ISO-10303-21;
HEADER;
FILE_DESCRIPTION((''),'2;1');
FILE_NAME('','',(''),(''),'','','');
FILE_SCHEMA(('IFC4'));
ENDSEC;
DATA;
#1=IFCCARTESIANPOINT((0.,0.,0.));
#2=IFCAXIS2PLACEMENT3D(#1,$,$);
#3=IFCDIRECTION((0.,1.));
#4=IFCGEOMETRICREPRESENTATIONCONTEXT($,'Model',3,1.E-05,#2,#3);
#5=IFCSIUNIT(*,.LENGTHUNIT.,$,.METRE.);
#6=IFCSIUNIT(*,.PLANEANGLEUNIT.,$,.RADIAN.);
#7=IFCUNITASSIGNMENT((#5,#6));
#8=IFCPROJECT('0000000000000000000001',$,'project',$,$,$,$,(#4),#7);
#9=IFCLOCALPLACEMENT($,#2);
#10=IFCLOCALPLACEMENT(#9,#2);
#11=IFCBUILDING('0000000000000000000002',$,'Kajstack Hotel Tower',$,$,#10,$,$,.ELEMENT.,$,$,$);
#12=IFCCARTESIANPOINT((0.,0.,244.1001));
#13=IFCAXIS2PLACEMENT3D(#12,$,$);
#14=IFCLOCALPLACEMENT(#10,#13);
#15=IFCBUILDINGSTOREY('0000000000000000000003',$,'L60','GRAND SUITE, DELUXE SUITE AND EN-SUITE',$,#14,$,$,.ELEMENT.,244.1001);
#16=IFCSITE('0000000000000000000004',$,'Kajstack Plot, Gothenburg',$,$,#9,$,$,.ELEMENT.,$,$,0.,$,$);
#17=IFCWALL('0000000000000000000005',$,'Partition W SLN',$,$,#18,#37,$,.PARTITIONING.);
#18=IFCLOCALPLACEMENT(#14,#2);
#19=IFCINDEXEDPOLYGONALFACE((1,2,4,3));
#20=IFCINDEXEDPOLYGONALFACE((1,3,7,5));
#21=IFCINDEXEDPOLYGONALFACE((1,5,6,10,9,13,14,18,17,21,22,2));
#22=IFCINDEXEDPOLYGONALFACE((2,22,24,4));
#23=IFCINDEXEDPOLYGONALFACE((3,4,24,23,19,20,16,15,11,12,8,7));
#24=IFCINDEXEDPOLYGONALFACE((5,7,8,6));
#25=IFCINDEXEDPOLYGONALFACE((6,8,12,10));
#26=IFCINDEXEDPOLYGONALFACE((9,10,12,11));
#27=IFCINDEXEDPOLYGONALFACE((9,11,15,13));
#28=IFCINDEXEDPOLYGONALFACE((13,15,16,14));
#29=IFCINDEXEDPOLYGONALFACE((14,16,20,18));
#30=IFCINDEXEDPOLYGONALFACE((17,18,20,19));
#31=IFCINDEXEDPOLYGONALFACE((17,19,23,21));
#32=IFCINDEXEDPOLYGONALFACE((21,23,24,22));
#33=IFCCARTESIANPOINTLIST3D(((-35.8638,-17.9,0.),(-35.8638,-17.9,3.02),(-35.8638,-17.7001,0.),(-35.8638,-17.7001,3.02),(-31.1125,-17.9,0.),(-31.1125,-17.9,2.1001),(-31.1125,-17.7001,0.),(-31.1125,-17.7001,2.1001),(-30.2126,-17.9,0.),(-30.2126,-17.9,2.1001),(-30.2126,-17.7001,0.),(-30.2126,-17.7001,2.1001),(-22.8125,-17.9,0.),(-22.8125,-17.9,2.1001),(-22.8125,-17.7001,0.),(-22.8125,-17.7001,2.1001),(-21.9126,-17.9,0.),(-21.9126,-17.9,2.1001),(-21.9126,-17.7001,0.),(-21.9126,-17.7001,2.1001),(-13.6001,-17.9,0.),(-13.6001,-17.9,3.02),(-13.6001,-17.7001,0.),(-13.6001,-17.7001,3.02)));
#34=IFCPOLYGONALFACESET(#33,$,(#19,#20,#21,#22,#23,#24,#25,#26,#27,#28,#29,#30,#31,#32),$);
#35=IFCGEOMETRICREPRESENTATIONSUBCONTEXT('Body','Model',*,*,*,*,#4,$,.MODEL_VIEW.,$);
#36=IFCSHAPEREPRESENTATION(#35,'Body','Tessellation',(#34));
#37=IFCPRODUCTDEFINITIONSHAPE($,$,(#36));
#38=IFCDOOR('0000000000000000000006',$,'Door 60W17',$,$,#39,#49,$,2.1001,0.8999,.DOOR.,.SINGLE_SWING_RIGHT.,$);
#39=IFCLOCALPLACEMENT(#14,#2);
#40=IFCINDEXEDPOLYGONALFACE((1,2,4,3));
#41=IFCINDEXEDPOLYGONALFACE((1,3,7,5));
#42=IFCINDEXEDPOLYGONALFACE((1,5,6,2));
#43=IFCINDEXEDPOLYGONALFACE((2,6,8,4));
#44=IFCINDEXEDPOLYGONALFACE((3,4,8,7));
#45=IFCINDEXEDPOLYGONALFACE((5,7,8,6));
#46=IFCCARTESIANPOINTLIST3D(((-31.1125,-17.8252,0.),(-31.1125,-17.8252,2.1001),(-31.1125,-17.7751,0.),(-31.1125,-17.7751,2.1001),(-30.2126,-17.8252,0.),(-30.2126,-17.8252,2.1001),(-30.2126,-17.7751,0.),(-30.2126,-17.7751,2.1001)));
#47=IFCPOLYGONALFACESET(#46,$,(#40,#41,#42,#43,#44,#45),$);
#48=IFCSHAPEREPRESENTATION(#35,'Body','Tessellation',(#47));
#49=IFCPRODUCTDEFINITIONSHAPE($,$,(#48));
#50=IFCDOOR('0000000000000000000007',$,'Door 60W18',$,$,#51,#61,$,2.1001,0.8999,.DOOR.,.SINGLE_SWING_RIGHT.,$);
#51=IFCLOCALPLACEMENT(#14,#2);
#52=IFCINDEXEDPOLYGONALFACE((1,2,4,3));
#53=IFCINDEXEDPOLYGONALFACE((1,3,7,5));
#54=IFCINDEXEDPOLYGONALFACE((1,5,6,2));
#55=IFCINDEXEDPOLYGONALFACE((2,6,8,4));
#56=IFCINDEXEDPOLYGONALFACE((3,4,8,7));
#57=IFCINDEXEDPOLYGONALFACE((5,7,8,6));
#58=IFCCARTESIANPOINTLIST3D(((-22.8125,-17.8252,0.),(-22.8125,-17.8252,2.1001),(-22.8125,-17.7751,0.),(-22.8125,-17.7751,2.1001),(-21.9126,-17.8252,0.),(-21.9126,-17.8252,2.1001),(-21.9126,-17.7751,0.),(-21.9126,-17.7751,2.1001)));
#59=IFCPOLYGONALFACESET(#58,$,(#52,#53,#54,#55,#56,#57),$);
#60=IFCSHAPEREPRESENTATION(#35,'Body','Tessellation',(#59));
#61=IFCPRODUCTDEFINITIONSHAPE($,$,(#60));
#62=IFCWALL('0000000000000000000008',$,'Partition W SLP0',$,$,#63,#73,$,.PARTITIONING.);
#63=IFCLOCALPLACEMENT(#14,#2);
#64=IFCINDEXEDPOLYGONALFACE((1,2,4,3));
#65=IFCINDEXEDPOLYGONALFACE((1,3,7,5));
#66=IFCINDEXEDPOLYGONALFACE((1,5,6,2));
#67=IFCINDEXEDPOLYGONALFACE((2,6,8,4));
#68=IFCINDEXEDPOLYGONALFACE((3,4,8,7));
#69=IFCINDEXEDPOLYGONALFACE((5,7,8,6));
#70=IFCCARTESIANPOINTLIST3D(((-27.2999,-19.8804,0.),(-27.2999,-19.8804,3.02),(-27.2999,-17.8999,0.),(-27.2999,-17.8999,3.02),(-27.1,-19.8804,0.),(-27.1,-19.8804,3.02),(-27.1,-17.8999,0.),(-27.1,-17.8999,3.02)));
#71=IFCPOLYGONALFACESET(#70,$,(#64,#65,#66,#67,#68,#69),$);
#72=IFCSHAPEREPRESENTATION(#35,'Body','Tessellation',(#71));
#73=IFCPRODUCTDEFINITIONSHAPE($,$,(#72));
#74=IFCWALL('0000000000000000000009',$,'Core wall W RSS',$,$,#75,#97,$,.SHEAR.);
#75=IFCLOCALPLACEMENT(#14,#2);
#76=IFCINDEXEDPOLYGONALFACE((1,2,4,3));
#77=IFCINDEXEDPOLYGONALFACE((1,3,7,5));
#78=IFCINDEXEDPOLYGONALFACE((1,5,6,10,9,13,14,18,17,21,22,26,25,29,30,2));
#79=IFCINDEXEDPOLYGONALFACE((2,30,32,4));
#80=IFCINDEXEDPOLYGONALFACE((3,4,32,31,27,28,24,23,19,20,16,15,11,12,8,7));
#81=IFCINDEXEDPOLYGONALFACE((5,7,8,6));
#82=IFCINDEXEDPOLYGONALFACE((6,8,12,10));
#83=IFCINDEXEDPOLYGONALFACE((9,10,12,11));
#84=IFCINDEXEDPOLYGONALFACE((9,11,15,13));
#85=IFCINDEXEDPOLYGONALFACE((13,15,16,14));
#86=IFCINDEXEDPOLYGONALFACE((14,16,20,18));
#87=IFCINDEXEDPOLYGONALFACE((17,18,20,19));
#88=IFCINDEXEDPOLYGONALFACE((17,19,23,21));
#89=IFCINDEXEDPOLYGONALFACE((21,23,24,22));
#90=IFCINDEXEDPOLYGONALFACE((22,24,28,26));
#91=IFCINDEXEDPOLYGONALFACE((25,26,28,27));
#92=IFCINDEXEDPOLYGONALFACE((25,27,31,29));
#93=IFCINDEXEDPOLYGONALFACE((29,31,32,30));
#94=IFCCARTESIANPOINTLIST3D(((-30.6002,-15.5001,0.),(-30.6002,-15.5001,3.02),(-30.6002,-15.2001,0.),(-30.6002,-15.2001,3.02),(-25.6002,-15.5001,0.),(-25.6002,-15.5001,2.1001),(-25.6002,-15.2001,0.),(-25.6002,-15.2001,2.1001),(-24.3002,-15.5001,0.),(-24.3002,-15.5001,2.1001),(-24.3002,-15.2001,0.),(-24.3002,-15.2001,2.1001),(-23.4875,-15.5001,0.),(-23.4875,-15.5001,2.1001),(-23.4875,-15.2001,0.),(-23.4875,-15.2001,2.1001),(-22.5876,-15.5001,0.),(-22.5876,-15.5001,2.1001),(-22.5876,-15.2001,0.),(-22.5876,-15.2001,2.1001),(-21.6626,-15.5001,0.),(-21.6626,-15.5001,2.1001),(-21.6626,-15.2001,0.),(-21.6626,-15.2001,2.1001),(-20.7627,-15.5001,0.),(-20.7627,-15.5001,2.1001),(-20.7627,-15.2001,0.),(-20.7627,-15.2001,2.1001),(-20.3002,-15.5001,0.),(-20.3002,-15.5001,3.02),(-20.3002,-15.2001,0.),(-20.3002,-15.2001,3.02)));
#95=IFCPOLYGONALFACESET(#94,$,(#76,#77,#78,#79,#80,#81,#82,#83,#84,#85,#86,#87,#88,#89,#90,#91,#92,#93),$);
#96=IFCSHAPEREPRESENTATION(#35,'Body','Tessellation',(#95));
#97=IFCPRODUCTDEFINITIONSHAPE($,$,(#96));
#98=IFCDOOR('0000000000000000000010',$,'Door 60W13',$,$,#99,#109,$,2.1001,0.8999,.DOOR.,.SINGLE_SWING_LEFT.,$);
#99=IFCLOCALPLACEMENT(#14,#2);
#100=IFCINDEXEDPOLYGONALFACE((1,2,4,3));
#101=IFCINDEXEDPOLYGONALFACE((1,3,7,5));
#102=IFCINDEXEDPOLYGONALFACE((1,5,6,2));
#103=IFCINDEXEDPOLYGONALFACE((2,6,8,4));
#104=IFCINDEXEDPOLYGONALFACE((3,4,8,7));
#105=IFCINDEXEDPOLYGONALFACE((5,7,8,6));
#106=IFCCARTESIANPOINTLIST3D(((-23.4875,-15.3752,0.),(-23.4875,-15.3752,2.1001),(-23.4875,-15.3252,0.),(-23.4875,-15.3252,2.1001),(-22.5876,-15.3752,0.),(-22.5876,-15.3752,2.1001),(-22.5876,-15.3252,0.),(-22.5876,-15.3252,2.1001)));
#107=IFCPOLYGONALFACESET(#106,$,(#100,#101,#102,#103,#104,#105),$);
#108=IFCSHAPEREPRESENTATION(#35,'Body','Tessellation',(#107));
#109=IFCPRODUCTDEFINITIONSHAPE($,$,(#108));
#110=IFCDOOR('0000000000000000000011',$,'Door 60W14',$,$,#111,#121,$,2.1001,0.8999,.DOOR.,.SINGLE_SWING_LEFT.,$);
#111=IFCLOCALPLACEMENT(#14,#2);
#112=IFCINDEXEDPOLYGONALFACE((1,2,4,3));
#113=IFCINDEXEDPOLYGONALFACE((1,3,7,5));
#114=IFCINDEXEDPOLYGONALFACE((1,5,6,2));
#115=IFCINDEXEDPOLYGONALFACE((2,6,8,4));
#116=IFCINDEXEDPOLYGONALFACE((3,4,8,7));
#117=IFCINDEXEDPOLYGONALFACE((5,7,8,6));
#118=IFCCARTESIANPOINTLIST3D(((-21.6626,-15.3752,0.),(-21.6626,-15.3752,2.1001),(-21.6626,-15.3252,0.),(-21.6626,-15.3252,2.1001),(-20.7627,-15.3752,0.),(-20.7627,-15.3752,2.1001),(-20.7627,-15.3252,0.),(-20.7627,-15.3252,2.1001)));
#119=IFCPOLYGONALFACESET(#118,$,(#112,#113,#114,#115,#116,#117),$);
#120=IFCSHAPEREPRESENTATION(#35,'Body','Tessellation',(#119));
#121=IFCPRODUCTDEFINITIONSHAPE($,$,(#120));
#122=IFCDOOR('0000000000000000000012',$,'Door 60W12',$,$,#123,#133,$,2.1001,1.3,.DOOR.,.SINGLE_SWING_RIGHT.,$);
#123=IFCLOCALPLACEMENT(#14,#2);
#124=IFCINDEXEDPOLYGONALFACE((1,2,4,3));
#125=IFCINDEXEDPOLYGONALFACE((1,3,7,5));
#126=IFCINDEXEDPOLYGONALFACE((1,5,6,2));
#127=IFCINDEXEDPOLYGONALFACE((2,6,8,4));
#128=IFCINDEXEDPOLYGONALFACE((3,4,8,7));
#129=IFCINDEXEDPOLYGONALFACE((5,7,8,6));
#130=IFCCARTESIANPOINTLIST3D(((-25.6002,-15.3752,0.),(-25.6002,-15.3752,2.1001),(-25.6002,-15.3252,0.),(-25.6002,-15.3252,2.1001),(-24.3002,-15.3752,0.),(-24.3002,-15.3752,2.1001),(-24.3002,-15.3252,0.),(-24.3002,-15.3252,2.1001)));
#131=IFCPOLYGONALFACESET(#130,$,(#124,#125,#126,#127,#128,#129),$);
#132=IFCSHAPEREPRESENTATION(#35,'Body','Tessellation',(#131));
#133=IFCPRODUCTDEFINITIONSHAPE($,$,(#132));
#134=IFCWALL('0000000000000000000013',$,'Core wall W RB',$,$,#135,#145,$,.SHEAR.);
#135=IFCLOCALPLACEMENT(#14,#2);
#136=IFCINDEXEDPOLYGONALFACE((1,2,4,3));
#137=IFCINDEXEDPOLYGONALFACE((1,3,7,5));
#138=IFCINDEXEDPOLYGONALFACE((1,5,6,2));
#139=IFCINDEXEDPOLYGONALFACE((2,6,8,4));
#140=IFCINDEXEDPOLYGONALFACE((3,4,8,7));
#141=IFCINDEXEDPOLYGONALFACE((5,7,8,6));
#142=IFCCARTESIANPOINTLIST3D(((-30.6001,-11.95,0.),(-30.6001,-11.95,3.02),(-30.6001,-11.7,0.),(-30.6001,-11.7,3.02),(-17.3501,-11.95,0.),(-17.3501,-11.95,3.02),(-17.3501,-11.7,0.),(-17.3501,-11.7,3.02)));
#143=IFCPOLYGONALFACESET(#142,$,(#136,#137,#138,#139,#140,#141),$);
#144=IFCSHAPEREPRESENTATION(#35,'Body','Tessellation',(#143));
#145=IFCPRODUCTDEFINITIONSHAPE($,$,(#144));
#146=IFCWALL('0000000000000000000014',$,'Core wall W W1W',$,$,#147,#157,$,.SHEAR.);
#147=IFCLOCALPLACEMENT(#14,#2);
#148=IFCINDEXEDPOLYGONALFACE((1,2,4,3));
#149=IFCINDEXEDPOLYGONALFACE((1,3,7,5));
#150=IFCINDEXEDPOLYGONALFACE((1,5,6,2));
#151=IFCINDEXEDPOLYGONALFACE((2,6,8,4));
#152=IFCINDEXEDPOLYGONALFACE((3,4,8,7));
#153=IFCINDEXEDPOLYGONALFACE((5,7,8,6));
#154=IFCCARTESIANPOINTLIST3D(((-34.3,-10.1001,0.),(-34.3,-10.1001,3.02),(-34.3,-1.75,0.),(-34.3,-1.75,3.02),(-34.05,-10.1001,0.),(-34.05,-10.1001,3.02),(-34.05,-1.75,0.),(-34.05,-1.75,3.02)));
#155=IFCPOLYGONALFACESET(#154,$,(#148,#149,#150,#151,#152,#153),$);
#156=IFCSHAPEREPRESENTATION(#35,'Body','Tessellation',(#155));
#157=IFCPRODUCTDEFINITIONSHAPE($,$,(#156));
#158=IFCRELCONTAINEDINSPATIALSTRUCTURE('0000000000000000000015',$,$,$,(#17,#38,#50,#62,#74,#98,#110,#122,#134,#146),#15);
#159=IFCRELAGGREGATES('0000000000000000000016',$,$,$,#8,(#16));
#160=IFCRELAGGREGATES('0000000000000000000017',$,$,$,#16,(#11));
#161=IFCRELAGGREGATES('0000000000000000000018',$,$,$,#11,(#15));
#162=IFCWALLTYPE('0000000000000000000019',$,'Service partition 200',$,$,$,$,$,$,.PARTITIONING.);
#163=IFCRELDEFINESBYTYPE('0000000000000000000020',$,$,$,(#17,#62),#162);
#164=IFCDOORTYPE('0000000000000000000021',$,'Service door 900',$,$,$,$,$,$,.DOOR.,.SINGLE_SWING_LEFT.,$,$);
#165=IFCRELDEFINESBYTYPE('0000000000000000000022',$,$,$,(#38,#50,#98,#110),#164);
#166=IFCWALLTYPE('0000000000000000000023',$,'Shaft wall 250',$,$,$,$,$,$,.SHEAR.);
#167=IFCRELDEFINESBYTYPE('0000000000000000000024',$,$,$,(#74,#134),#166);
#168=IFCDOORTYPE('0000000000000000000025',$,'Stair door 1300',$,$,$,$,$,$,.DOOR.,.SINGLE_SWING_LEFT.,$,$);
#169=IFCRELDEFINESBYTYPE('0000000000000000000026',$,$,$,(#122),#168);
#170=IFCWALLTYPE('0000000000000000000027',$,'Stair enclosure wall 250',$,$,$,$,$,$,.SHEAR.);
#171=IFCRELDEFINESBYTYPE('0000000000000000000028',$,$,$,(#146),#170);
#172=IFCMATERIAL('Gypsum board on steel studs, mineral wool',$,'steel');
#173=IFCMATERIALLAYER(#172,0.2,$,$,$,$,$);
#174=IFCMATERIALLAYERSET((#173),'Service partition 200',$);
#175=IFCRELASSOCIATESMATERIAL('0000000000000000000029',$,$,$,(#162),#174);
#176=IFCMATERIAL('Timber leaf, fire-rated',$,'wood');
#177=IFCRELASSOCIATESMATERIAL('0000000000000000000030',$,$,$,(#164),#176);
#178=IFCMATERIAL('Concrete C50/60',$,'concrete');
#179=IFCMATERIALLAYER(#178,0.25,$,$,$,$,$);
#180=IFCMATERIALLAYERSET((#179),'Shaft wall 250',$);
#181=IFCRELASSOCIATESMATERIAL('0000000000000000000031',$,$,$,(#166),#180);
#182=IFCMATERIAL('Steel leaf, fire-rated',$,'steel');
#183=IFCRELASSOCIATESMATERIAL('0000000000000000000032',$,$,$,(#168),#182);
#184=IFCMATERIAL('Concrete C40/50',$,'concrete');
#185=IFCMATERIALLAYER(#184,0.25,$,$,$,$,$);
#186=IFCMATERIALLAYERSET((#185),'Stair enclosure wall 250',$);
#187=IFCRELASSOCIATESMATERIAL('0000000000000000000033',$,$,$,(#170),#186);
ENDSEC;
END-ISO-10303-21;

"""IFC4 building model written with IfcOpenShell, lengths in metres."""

from ifc_helpers import new_model, si_unit, direction, frame, frame_2d, origin, place, context, subcontext, project, spatial, rectangle, extrude, material, layer, layer_set, type_object, element, fill, save


model = new_model("IFC4")

# Units and contexts
model_context = context("Model", 3, precision=1e-05, world=origin(), true_north=direction((0.0, 1.0)))
body_context = subcontext(model_context, "Body", "Model", "MODEL_VIEW")
ifc_project = project(units=[si_unit("LENGTHUNIT", "METRE"), si_unit("PLANEANGLEUNIT", "RADIAN")], contexts=[model_context])

# Site, building, storey
site_placement = place(None, origin())
site = spatial("IfcSite", under=ifc_project, at=site_placement, Name="Kajstack Plot, Gothenburg", CompositionType="ELEMENT", RefElevation=0.0)
building_placement = place(site_placement, origin())
building = spatial("IfcBuilding", under=site, at=building_placement, Name="Kajstack Hotel Tower", CompositionType="ELEMENT")
storey_placement = place(building_placement, frame((0.0, 0.0, 244.1001)))
storey = spatial("IfcBuildingStorey", under=building, at=storey_placement, Name="L60", Description="GRAND SUITE, DELUXE SUITE AND EN-SUITE", CompositionType="ELEMENT", Elevation=244.1001)

# Shared definitions
ifc_material_1 = material(Name="Concrete C40/50", Category="concrete")
ifc_material_2 = material(Name="Concrete C50/60", Category="concrete")

# Wall, openings, doors
ifc_material_3 = material(Name="Gypsum board on steel studs, mineral wool", Category="steel")
ifc_layer_1 = layer(ifc_material_3, 0.2)
ifc_layer_set_1 = layer_set([ifc_layer_1], Name="Service partition 200")
wall_type_1 = type_object("IfcWallType", Name="Service partition 200", PredefinedType="PARTITIONING", material=ifc_layer_set_1)
wall_1_placement = place(storey_placement, frame((-35.8638, -17.8, 0.0), z_axis=(0.0, 0.0, 1.0), x_axis=(1.0, 0.0, 0.0)))
wall_1 = element("IfcWall", 1, at=wall_1_placement, inside=storey, type_object=wall_type_1, Name="Partition W SLN", PredefinedType="PARTITIONING", context=body_context, shape_type="SweptSolid", body=[
    extrude(rectangle(XDim=22.2637, YDim=0.2, at=frame_2d((11.1318, 0.0))), origin(), (0.0, 0.0, 1.0), 3.02),
])
opening_1_placement = place(wall_1_placement, frame((4.7512, 0.0, 0.0)))
opening_1 = element("IfcOpeningElement", 2, at=opening_1_placement, cuts=wall_1, PredefinedType="OPENING", context=body_context, shape_type="SweptSolid", body=[
    extrude(rectangle(XDim=0.8999, YDim=2.1001, at=frame_2d((0.45, 1.05))), frame((0.0, 0.1099, 0.0), z_axis=(0.0, -1.0, 0.0), x_axis=(1.0, 0.0, 0.0)), (0.0, 0.0, 1.0), 0.22),
])
opening_2_placement = place(wall_1_placement, frame((13.0513, 0.0, 0.0)))
opening_2 = element("IfcOpeningElement", 3, at=opening_2_placement, cuts=wall_1, PredefinedType="OPENING", context=body_context, shape_type="SweptSolid", body=[
    extrude(rectangle(XDim=0.8999, YDim=2.1001, at=frame_2d((0.45, 1.05))), frame((0.0, 0.1099, 0.0), z_axis=(0.0, -1.0, 0.0), x_axis=(1.0, 0.0, 0.0)), (0.0, 0.0, 1.0), 0.22),
])
ifc_material_4 = material(Name="Timber leaf, fire-rated", Category="wood")
door_type_1 = type_object("IfcDoorType", Name="Service door 900", OperationType="SINGLE_SWING_LEFT", PredefinedType="DOOR", material=ifc_material_4)
door_1_placement = place(opening_1_placement, origin())
door_1 = element("IfcDoor", 4, at=door_1_placement, inside=storey, type_object=door_type_1, Name="Door 60W17", OperationType="SINGLE_SWING_RIGHT", OverallHeight=2.1001, OverallWidth=0.8999, PredefinedType="DOOR", context=body_context, shape_type="SweptSolid", body=[
    extrude(rectangle(XDim=0.8999, YDim=2.1001, at=frame_2d((0.45, 1.05))), frame((0.0, 0.0249, 0.0), z_axis=(0.0, -1.0, 0.0), x_axis=(1.0, 0.0, 0.0)), (0.0, 0.0, 1.0), 0.05),
])
fill(opening_1, door_1)
door_2_placement = place(opening_2_placement, origin())
door_2 = element("IfcDoor", 5, at=door_2_placement, inside=storey, type_object=door_type_1, Name="Door 60W18", OperationType="SINGLE_SWING_RIGHT", OverallHeight=2.1001, OverallWidth=0.8999, PredefinedType="DOOR", context=body_context, shape_type="SweptSolid", body=[
    extrude(rectangle(XDim=0.8999, YDim=2.1001, at=frame_2d((0.45, 1.05))), frame((0.0, 0.0249, 0.0), z_axis=(0.0, -1.0, 0.0), x_axis=(1.0, 0.0, 0.0)), (0.0, 0.0, 1.0), 0.05),
])
fill(opening_2, door_2)

# Wall
wall_2_placement = place(storey_placement, frame((-27.2, -19.8804, 0.0), z_axis=(0.0, 0.0, 1.0), x_axis=(0.0, 1.0, 0.0)))
element("IfcWall", 6, at=wall_2_placement, inside=storey, type_object=wall_type_1, Name="Partition W SLP0", PredefinedType="PARTITIONING", context=body_context, shape_type="SweptSolid", body=[
    extrude(rectangle(XDim=1.9805, YDim=0.2, at=frame_2d((0.9902, 0.0))), origin(), (0.0, 0.0, 1.0), 3.02),
])

# Wall, openings, doors
ifc_layer_2 = layer(ifc_material_2, 0.25)
ifc_layer_set_2 = layer_set([ifc_layer_2], Name="Shaft wall 250")
wall_type_2 = type_object("IfcWallType", Name="Shaft wall 250", PredefinedType="SHEAR", material=ifc_layer_set_2)
wall_3_placement = place(storey_placement, frame((-30.6001, -15.3501, 0.0), z_axis=(0.0, 0.0, 1.0), x_axis=(1.0, 0.0, 0.0)))
wall_3 = element("IfcWall", 7, at=wall_3_placement, inside=storey, type_object=wall_type_2, Name="Core wall W RSS", PredefinedType="SHEAR", context=body_context, shape_type="SweptSolid", body=[
    extrude(rectangle(XDim=10.3, YDim=0.3, at=frame_2d((5.1499, 0.0))), origin(), (0.0, 0.0, 1.0), 3.02),
])
opening_3_placement = place(wall_3_placement, frame((5.0, 0.0, 0.0)))
opening_3 = element("IfcOpeningElement", 8, at=opening_3_placement, cuts=wall_3, PredefinedType="OPENING", context=body_context, shape_type="SweptSolid", body=[
    extrude(rectangle(XDim=1.3, YDim=2.1001, at=frame_2d((0.6499, 1.05))), frame((0.0, 0.1599, 0.0), z_axis=(0.0, -1.0, 0.0), x_axis=(1.0, 0.0, 0.0)), (0.0, 0.0, 1.0), 0.3201),
])
opening_4_placement = place(wall_3_placement, frame((7.1125, 0.0, 0.0)))
opening_4 = element("IfcOpeningElement", 9, at=opening_4_placement, cuts=wall_3, PredefinedType="OPENING", context=body_context, shape_type="SweptSolid", body=[
    extrude(rectangle(XDim=0.8999, YDim=2.1001, at=frame_2d((0.45, 1.05))), frame((0.0, 0.1599, 0.0), z_axis=(0.0, -1.0, 0.0), x_axis=(1.0, 0.0, 0.0)), (0.0, 0.0, 1.0), 0.3201),
])
opening_5_placement = place(wall_3_placement, frame((8.9375, 0.0, 0.0)))
opening_5 = element("IfcOpeningElement", 10, at=opening_5_placement, cuts=wall_3, PredefinedType="OPENING", context=body_context, shape_type="SweptSolid", body=[
    extrude(rectangle(XDim=0.8999, YDim=2.1001, at=frame_2d((0.45, 1.05))), frame((0.0, 0.1599, 0.0), z_axis=(0.0, -1.0, 0.0), x_axis=(1.0, 0.0, 0.0)), (0.0, 0.0, 1.0), 0.3201),
])
door_3_placement = place(opening_4_placement, origin())
door_3 = element("IfcDoor", 11, at=door_3_placement, inside=storey, type_object=door_type_1, Name="Door 60W13", OperationType="SINGLE_SWING_LEFT", OverallHeight=2.1001, OverallWidth=0.8999, PredefinedType="DOOR", context=body_context, shape_type="SweptSolid", body=[
    extrude(rectangle(XDim=0.8999, YDim=2.1001, at=frame_2d((0.45, 1.05))), frame((0.0, 0.0249, 0.0), z_axis=(0.0, -1.0, 0.0), x_axis=(1.0, 0.0, 0.0)), (0.0, 0.0, 1.0), 0.05),
])
fill(opening_4, door_3)
door_4_placement = place(opening_5_placement, origin())
door_4 = element("IfcDoor", 12, at=door_4_placement, inside=storey, type_object=door_type_1, Name="Door 60W14", OperationType="SINGLE_SWING_LEFT", OverallHeight=2.1001, OverallWidth=0.8999, PredefinedType="DOOR", context=body_context, shape_type="SweptSolid", body=[
    extrude(rectangle(XDim=0.8999, YDim=2.1001, at=frame_2d((0.45, 1.05))), frame((0.0, 0.0249, 0.0), z_axis=(0.0, -1.0, 0.0), x_axis=(1.0, 0.0, 0.0)), (0.0, 0.0, 1.0), 0.05),
])
fill(opening_5, door_4)
ifc_material_5 = material(Name="Steel leaf, fire-rated", Category="steel")
door_type_2 = type_object("IfcDoorType", Name="Stair door 1300", OperationType="SINGLE_SWING_LEFT", PredefinedType="DOOR", material=ifc_material_5)
door_5_placement = place(opening_3_placement, origin())
door_5 = element("IfcDoor", 13, at=door_5_placement, inside=storey, type_object=door_type_2, Name="Door 60W12", OperationType="SINGLE_SWING_RIGHT", OverallHeight=2.1001, OverallWidth=1.3, PredefinedType="DOOR", context=body_context, shape_type="SweptSolid", body=[
    extrude(rectangle(XDim=1.3, YDim=2.1001, at=frame_2d((0.6499, 1.05))), frame((0.0, 0.0249, 0.0), z_axis=(0.0, -1.0, 0.0), x_axis=(1.0, 0.0, 0.0)), (0.0, 0.0, 1.0), 0.05),
])
fill(opening_3, door_5)

# Walls
wall_4_placement = place(storey_placement, frame((-30.6001, -11.825, 0.0), z_axis=(0.0, 0.0, 1.0), x_axis=(1.0, 0.0, 0.0)))
element("IfcWall", 14, at=wall_4_placement, inside=storey, type_object=wall_type_2, Name="Core wall W RB", PredefinedType="SHEAR", context=body_context, shape_type="SweptSolid", body=[
    extrude(rectangle(XDim=13.25, YDim=0.25, at=frame_2d((6.625, 0.0))), origin(), (0.0, 0.0, 1.0), 3.02),
])
ifc_layer_3 = layer(ifc_material_1, 0.25)
ifc_layer_set_3 = layer_set([ifc_layer_3], Name="Stair enclosure wall 250")
wall_type_3 = type_object("IfcWallType", Name="Stair enclosure wall 250", PredefinedType="SHEAR", material=ifc_layer_set_3)
wall_5_placement = place(storey_placement, frame((-34.175, -10.1001, 0.0), z_axis=(0.0, 0.0, 1.0), x_axis=(0.0, 1.0, 0.0)))
element("IfcWall", 15, at=wall_5_placement, inside=storey, type_object=wall_type_3, Name="Core wall W W1W", PredefinedType="SHEAR", context=body_context, shape_type="SweptSolid", body=[
    extrude(rectangle(XDim=8.3501, YDim=0.25, at=frame_2d((4.175, 0.0))), origin(), (0.0, 0.0, 1.0), 3.02),
])

save(model, "model.ifc")
